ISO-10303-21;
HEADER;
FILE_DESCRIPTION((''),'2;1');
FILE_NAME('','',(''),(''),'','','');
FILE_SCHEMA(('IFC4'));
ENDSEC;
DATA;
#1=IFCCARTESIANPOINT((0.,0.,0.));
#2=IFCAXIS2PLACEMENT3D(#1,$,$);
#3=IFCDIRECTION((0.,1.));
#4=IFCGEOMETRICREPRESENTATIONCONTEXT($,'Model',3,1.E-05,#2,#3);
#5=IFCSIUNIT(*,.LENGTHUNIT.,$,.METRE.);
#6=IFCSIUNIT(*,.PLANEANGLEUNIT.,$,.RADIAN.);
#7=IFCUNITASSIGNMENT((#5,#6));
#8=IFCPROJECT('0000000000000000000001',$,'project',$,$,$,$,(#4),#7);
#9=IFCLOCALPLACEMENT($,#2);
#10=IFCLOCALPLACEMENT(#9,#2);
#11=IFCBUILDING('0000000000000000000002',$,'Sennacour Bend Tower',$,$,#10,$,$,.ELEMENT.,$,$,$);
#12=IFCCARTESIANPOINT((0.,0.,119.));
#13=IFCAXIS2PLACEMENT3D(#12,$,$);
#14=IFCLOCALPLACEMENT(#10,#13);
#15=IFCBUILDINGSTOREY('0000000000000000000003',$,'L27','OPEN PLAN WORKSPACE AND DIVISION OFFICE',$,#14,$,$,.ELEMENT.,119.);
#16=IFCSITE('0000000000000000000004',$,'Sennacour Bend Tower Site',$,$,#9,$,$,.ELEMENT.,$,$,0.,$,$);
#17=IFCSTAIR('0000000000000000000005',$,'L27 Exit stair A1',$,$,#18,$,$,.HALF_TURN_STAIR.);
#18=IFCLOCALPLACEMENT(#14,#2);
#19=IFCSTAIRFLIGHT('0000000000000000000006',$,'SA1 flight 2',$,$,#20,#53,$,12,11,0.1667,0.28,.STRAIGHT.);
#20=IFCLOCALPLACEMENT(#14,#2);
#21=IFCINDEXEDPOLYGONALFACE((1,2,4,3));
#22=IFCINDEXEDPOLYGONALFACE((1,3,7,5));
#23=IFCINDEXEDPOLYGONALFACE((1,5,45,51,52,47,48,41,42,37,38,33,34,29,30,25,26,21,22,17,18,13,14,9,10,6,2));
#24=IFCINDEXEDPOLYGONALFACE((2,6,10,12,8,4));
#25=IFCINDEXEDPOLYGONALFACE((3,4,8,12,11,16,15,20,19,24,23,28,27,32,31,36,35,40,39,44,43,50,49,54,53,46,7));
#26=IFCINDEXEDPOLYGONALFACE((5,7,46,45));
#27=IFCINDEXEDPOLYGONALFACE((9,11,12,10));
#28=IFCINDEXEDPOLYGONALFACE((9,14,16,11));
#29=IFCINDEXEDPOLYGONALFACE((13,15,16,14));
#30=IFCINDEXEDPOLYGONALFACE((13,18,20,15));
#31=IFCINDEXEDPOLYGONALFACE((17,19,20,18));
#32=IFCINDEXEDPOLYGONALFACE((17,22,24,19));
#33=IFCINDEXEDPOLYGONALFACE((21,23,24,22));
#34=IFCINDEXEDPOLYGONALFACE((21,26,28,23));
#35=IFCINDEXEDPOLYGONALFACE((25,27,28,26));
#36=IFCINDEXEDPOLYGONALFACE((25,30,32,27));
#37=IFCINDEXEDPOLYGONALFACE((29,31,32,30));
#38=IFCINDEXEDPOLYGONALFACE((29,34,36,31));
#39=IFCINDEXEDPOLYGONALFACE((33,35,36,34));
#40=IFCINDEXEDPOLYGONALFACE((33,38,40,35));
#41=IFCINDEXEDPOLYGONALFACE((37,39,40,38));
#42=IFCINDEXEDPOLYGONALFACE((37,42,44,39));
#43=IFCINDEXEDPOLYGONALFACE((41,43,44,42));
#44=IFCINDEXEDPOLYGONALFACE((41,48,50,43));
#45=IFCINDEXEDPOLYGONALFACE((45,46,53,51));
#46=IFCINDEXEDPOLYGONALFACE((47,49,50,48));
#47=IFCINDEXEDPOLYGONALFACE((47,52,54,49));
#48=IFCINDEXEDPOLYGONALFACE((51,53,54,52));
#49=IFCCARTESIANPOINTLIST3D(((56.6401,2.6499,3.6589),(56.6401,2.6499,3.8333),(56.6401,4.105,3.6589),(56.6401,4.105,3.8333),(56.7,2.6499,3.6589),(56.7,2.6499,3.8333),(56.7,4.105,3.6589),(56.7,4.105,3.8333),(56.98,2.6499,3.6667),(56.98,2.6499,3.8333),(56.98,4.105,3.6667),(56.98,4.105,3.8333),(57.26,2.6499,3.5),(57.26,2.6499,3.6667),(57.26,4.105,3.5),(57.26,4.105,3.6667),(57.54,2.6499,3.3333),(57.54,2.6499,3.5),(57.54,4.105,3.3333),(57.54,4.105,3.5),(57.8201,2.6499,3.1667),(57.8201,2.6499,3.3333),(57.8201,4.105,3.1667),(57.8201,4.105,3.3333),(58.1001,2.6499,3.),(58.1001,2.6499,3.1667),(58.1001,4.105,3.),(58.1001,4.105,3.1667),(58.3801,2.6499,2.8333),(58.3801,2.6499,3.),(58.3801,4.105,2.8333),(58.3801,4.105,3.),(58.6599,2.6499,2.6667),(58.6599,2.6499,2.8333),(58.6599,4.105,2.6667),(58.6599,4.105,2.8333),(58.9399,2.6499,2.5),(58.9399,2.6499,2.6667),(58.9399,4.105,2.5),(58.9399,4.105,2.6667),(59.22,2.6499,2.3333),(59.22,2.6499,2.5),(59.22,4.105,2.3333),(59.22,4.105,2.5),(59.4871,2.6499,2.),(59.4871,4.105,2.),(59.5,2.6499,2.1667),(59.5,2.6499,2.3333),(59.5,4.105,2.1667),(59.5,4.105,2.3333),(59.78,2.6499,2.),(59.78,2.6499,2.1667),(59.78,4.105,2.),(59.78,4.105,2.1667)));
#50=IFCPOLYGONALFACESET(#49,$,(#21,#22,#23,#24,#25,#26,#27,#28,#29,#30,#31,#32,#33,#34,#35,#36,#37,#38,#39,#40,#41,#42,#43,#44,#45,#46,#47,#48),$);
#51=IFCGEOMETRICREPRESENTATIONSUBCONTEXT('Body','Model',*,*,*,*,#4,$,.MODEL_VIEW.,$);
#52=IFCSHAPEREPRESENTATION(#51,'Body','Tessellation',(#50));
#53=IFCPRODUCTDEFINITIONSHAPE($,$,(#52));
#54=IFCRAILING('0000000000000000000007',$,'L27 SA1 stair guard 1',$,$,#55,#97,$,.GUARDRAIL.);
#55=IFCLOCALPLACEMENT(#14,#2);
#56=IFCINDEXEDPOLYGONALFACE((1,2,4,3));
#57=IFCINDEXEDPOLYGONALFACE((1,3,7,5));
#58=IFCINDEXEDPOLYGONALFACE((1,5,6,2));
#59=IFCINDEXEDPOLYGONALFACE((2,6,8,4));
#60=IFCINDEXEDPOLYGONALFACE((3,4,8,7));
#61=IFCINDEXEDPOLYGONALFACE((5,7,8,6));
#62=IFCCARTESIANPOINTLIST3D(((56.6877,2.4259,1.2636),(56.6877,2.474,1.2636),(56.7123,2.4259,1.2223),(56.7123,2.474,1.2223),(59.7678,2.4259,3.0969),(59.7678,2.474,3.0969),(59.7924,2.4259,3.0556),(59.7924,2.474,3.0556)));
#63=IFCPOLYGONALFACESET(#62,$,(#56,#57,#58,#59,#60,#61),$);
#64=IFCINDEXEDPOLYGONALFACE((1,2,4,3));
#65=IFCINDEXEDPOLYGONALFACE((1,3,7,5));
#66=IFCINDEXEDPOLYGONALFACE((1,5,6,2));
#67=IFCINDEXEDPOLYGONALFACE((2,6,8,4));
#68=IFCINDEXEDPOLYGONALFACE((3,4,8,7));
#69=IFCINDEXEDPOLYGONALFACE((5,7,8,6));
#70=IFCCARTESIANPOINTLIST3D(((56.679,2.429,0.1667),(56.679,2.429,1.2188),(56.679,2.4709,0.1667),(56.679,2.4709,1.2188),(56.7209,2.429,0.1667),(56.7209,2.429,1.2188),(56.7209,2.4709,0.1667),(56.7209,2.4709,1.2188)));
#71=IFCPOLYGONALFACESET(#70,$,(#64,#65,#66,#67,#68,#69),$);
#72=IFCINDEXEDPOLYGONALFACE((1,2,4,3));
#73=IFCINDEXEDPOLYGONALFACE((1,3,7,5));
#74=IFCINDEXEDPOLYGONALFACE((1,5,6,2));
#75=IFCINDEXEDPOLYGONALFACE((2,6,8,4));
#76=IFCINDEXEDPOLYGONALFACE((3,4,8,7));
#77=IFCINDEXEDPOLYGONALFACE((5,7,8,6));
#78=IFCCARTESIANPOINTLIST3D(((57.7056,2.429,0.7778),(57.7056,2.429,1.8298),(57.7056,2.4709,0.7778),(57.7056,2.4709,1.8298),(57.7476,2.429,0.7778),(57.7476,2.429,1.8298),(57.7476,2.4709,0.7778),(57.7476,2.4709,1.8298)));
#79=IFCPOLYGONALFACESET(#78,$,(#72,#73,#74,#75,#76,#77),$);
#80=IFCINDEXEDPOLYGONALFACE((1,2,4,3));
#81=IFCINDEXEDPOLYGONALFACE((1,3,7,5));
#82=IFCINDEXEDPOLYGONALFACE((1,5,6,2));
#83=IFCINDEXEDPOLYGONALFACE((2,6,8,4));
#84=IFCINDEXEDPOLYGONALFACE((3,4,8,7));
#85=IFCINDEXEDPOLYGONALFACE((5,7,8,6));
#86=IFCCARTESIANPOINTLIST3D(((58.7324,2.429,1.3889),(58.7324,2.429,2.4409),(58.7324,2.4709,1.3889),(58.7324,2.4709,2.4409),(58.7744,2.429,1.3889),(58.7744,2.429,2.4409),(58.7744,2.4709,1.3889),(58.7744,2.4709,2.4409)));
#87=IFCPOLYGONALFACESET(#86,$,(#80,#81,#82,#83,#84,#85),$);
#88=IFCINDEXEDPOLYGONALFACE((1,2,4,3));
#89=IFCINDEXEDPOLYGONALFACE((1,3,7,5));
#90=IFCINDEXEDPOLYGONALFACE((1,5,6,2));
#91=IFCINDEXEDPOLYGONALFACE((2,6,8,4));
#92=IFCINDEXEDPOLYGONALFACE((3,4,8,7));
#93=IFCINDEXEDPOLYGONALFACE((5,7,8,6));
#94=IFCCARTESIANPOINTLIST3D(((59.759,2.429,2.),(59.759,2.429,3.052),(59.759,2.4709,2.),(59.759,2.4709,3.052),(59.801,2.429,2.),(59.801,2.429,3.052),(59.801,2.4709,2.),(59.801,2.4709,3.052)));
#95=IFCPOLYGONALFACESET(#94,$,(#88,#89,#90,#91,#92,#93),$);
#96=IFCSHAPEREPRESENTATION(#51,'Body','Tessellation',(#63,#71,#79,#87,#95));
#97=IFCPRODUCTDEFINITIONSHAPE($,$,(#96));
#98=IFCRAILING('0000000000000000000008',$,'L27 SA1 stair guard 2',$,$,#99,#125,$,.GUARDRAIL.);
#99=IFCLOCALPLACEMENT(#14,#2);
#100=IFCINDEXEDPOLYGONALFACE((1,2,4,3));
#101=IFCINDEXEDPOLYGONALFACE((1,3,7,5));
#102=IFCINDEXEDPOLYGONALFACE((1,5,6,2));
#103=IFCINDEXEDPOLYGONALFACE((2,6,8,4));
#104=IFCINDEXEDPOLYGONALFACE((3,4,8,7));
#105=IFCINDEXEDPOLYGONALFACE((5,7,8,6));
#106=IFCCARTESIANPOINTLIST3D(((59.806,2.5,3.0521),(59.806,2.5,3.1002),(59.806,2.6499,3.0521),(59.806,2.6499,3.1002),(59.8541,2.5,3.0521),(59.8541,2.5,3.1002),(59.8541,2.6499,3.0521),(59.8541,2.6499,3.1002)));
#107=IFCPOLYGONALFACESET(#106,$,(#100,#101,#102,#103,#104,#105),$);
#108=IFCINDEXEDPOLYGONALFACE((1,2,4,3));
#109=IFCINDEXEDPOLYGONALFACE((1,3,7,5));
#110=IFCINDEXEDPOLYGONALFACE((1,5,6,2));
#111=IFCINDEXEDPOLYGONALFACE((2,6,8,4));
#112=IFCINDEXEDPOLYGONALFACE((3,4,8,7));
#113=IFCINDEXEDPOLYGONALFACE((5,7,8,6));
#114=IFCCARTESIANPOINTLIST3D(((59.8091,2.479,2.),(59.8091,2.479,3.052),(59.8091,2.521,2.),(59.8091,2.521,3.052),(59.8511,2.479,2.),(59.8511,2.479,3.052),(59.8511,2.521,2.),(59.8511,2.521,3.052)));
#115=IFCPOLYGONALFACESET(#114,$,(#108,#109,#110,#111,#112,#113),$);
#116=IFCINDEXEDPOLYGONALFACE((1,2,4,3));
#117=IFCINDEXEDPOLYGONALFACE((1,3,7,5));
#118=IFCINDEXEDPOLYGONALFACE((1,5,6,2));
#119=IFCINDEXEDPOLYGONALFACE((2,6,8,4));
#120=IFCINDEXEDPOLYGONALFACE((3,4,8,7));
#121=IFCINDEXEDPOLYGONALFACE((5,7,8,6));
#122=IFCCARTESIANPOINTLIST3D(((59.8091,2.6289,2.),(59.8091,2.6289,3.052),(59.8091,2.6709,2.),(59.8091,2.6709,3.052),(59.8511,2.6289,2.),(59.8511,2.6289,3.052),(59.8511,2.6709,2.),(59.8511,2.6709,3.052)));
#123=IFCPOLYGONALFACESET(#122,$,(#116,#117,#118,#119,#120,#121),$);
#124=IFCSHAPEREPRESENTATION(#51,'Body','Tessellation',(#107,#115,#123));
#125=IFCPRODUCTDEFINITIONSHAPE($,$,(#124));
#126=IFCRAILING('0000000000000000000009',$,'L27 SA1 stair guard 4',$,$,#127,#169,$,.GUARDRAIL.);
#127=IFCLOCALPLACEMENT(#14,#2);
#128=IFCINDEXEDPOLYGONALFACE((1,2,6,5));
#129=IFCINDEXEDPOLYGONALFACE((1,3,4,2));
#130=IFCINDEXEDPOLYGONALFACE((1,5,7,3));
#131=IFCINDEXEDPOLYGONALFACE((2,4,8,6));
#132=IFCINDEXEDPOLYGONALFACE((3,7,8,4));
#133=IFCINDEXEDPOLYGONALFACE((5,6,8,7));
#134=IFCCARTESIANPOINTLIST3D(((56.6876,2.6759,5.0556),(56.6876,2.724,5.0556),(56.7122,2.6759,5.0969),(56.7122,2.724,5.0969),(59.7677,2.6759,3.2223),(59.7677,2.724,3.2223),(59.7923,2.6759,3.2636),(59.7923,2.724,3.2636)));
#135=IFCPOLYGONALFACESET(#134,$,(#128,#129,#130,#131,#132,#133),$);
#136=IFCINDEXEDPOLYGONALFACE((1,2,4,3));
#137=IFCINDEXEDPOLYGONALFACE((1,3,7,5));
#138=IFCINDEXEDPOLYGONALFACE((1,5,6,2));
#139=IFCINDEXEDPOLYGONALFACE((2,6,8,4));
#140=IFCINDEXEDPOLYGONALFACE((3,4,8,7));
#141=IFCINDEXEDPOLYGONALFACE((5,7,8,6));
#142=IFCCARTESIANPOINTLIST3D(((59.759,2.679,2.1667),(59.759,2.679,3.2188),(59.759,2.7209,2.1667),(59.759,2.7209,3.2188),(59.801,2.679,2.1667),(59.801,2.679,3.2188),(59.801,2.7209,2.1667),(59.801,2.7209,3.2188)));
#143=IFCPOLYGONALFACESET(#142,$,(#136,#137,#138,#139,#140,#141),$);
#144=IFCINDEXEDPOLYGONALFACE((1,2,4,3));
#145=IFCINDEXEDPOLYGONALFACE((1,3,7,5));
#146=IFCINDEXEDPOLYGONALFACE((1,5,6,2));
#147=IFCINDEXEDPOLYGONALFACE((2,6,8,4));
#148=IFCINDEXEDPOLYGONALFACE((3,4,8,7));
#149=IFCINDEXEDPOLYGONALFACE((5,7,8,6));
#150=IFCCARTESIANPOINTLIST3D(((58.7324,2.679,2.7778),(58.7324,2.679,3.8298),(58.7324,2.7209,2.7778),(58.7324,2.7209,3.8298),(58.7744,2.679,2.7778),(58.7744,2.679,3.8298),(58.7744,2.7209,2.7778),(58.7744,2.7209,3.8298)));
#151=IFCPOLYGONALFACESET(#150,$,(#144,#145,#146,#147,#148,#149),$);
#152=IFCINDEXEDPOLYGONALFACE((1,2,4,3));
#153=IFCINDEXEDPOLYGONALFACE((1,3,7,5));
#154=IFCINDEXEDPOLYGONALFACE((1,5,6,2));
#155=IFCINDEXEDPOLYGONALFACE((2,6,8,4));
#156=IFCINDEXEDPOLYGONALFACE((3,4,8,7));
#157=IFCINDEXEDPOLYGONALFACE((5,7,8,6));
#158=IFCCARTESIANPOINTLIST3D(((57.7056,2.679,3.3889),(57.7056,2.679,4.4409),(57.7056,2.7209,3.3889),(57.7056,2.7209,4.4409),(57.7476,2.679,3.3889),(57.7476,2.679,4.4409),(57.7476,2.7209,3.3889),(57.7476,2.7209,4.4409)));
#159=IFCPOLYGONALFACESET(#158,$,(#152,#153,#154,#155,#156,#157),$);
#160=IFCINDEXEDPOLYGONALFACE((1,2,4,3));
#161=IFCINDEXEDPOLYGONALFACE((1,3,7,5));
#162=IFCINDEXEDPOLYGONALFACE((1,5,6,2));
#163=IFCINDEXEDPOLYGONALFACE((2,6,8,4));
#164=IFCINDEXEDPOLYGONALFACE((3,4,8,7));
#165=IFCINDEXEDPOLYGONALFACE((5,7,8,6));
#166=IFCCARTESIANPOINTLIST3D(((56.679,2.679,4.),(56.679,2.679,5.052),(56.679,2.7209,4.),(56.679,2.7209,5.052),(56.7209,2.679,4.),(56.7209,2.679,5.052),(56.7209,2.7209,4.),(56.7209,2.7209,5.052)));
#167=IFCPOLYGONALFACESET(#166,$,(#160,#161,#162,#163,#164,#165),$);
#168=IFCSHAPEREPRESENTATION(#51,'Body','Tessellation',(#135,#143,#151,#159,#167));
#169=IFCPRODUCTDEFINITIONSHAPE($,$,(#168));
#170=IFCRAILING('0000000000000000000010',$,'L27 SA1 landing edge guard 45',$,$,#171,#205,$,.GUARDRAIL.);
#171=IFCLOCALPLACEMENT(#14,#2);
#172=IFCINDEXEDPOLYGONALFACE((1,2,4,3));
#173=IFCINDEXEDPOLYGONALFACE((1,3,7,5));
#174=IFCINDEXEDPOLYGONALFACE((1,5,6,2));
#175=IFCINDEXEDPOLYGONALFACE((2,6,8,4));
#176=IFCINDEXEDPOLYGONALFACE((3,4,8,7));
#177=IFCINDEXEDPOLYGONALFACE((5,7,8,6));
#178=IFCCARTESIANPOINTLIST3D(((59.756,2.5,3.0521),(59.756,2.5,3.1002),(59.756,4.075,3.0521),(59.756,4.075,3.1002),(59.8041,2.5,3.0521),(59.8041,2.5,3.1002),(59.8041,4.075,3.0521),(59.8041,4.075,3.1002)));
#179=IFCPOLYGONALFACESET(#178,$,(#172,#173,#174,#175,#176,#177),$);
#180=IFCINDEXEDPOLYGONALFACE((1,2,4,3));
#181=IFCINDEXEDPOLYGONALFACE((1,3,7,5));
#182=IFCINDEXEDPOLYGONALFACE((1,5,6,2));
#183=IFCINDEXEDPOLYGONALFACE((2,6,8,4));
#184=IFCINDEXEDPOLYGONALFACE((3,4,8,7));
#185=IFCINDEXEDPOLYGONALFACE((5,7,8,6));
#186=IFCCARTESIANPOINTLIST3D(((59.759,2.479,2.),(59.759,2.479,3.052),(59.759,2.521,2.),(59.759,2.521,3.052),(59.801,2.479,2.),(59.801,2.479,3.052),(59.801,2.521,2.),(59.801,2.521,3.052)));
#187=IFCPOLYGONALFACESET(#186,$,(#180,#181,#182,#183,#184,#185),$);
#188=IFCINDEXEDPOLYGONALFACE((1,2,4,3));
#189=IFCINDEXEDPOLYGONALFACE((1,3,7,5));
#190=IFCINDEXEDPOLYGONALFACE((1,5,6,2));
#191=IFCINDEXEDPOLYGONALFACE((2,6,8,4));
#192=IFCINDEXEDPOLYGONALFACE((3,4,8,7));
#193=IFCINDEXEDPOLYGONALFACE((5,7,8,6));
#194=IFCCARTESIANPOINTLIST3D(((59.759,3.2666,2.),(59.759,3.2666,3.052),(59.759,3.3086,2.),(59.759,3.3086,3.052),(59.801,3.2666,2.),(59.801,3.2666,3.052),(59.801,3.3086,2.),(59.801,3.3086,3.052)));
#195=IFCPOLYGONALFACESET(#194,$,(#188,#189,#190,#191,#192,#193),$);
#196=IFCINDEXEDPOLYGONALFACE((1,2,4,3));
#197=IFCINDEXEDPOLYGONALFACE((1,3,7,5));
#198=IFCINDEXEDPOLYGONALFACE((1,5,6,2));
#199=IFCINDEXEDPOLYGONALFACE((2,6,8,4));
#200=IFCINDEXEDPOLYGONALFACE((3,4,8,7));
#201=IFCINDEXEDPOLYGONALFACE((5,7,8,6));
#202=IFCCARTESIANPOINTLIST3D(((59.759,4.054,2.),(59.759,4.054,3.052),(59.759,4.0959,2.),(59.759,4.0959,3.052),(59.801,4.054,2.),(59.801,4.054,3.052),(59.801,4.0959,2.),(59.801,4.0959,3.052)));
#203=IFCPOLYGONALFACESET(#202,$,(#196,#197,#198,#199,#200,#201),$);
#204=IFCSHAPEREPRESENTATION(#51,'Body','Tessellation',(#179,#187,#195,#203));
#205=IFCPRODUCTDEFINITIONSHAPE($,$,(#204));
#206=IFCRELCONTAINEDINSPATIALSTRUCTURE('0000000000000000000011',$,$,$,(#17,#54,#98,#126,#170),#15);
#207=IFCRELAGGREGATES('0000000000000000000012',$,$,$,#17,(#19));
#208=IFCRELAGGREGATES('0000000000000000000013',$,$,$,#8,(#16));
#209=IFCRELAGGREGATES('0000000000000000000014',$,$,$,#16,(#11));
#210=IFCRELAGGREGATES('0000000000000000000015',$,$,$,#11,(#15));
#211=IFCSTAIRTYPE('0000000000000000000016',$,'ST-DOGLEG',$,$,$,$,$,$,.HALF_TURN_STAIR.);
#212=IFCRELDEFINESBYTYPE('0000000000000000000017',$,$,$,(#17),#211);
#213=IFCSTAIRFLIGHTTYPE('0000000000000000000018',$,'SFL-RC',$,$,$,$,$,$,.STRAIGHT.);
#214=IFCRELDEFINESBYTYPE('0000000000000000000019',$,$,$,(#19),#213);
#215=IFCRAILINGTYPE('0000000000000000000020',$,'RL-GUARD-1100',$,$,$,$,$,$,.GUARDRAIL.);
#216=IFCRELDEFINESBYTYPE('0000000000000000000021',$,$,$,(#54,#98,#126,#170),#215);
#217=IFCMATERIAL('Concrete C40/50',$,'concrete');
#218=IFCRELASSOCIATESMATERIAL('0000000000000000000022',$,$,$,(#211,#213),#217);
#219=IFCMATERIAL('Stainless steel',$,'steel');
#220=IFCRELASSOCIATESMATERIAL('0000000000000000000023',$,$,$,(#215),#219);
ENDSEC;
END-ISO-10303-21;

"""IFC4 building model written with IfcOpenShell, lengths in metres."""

from ifc_helpers import new_model, si_unit, direction, frame, origin, origin_2d, place, context, subcontext, project, spatial, polyline, rectangle, outline, extrude, material, type_object, element, aggregate, save


model = new_model("IFC4")

# Units and contexts
model_context = context("Model", 3, precision=1e-05, world=origin(), true_north=direction((0.0, 1.0)))
body_context = subcontext(model_context, "Body", "Model", "MODEL_VIEW")
ifc_project = project(units=[si_unit("LENGTHUNIT", "METRE"), si_unit("PLANEANGLEUNIT", "RADIAN")], contexts=[model_context])

# Site, building, storey
site_placement = place(None, origin())
site = spatial("IfcSite", under=ifc_project, at=site_placement, Name="Sennacour Bend Tower Site", CompositionType="ELEMENT", RefElevation=0.0)
building_placement = place(site_placement, origin())
building = spatial("IfcBuilding", under=site, at=building_placement, Name="Sennacour Bend Tower", CompositionType="ELEMENT")
storey_placement = place(building_placement, frame((0.0, 0.0, 119.0)))
storey = spatial("IfcBuildingStorey", under=building, at=storey_placement, Name="L27", Description="OPEN PLAN WORKSPACE AND DIVISION OFFICE", CompositionType="ELEMENT", Elevation=119.0)

# Shared definitions
ifc_material_1 = material(Name="Stainless steel", Category="steel")

# Stair, stair flight
ifc_material_2 = material(Name="Concrete C40/50", Category="concrete")
stair_type = type_object("IfcStairType", Name="ST-DOGLEG", PredefinedType="HALF_TURN_STAIR", material=ifc_material_2)
stair_placement = place(storey_placement, origin())
stair = element("IfcStair", 1, at=stair_placement, inside=storey, type_object=stair_type, Name="L27 Exit stair A1", PredefinedType="HALF_TURN_STAIR")
stair_flight_type = type_object("IfcStairFlightType", Name="SFL-RC", PredefinedType="STRAIGHT", material=ifc_material_2)
stair_flight_1_placement = place(storey_placement, frame((59.78, 3.3774, 2.0), z_axis=(0.0, 0.0, 1.0), x_axis=(-1.0, 0.0, 0.0)))
stair_flight_1 = element("IfcStairFlight", 2, at=stair_flight_1_placement, type_object=stair_flight_type, Name="SA1 flight 2", NumberOfRisers=12, NumberOfTreads=11, PredefinedType="STRAIGHT", RiserHeight=0.1667, TreadLength=0.28, context=body_context, shape_type="SweptSolid", body=[
    extrude(outline(polyline([(0.0, 0.0), (0.0, 0.1667), (0.28, 0.1667), (0.28, 0.3333), (0.5601, 0.3333), (0.5601, 0.5), (0.8401, 0.5), (0.8401, 0.6667), (1.1201, 0.6667), (1.1201, 0.8333), (1.3999, 0.8333), (1.3999, 1.0), (1.6799, 1.0), (1.6799, 1.1667), (1.96, 1.1667), (1.96, 1.3333), (2.24, 1.3333), (2.24, 1.5), (2.52, 1.5), (2.52, 1.6667), (2.8, 1.6667), (2.8, 1.8333), (3.0801, 1.8333), (3.1399, 1.8333), (3.1399, 1.6589), (3.0801, 1.6589), (0.293, 0.0), (0.0, 0.0)])), frame((0.0, 0.7275, 0.0), z_axis=(0.0, -1.0, 0.0), x_axis=(1.0, 0.0, 0.0)), (0.0, 0.0, 1.0), 1.4551),
])
aggregate(stair, [stair_flight_1])

# Railings
railing_type_1 = type_object("IfcRailingType", Name="RL-GUARD-1100", PredefinedType="GUARDRAIL", material=ifc_material_1)
railing_1_placement = place(storey_placement, frame((56.7, 2.45, 0.1667)))
element("IfcRailing", 3, at=railing_1_placement, inside=storey, type_object=railing_type_1, Name="L27 SA1 stair guard 1", PredefinedType="GUARDRAIL", context=body_context, shape_type="SweptSolid", body=[
    extrude(rectangle(XDim=0.0481, YDim=0.0481, at=origin_2d()), frame((0.0, 0.0, 1.0762), z_axis=(0.859309, 0.0, 0.511458), x_axis=(0.0, 1.0, 0.0)), (0.0, 0.0, 1.0), 3.5845),
    extrude(rectangle(XDim=0.042, YDim=0.042, at=origin_2d()), origin(), (0.0, 0.0, 1.0), 1.052),
    extrude(rectangle(XDim=0.042, YDim=0.042, at=origin_2d()), frame((1.0266, 0.0, 0.6111)), (0.0, 0.0, 1.0), 1.052),
    extrude(rectangle(XDim=0.042, YDim=0.042, at=origin_2d()), frame((2.0535, 0.0, 1.2222)), (0.0, 0.0, 1.0), 1.052),
    extrude(rectangle(XDim=0.042, YDim=0.042, at=origin_2d()), frame((3.0801, 0.0, 1.8333)), (0.0, 0.0, 1.0), 1.052),
])
railing_2_placement = place(storey_placement, frame((59.8301, 2.5, 2.0)))
element("IfcRailing", 4, at=railing_2_placement, inside=storey, type_object=railing_type_1, Name="L27 SA1 stair guard 2", PredefinedType="GUARDRAIL", context=body_context, shape_type="SweptSolid", body=[
    extrude(rectangle(XDim=0.0481, YDim=0.0481, at=origin_2d()), frame((0.0, 0.0, 1.0762), z_axis=(0.0, 1.0, 0.0), x_axis=(-1.0, 0.0, 0.0)), (0.0, 0.0, 1.0), 0.1499),
    extrude(rectangle(XDim=0.042, YDim=0.042, at=origin_2d()), origin(), (0.0, 0.0, 1.0), 1.052),
    extrude(rectangle(XDim=0.042, YDim=0.042, at=origin_2d()), frame((0.0, 0.1499, 0.0)), (0.0, 0.0, 1.0), 1.052),
])
railing_3_placement = place(storey_placement, frame((59.78, 2.7, 2.1667)))
element("IfcRailing", 5, at=railing_3_placement, inside=storey, type_object=railing_type_1, Name="L27 SA1 stair guard 4", PredefinedType="GUARDRAIL", context=body_context, shape_type="SweptSolid", body=[
    extrude(rectangle(XDim=0.0481, YDim=0.0481, at=origin_2d()), frame((0.0, 0.0, 1.0762), z_axis=(-0.859309, 0.0, 0.511458), x_axis=(0.0, -1.0, 0.0)), (0.0, 0.0, 1.0), 3.5845),
    extrude(rectangle(XDim=0.042, YDim=0.042, at=origin_2d()), origin(), (0.0, 0.0, 1.0), 1.052),
    extrude(rectangle(XDim=0.042, YDim=0.042, at=origin_2d()), frame((-1.0266, 0.0, 0.6111)), (0.0, 0.0, 1.0), 1.052),
    extrude(rectangle(XDim=0.042, YDim=0.042, at=origin_2d()), frame((-2.0535, 0.0, 1.2222)), (0.0, 0.0, 1.0), 1.052),
    extrude(rectangle(XDim=0.042, YDim=0.042, at=origin_2d()), frame((-3.0801, 0.0, 1.8333)), (0.0, 0.0, 1.0), 1.052),
])
railing_4_placement = place(storey_placement, frame((59.78, 2.5, 2.0)))
element("IfcRailing", 6, at=railing_4_placement, inside=storey, type_object=railing_type_1, Name="L27 SA1 landing edge guard 45", PredefinedType="GUARDRAIL", context=body_context, shape_type="SweptSolid", body=[
    extrude(rectangle(XDim=0.0481, YDim=0.0481, at=origin_2d()), frame((0.0, 0.0, 1.0762), z_axis=(0.0, 1.0, 0.0), x_axis=(-1.0, 0.0, 0.0)), (0.0, 0.0, 1.0), 1.575),
    extrude(rectangle(XDim=0.042, YDim=0.042, at=origin_2d()), origin(), (0.0, 0.0, 1.0), 1.052),
    extrude(rectangle(XDim=0.042, YDim=0.042, at=origin_2d()), frame((0.0, 0.7876, 0.0)), (0.0, 0.0, 1.0), 1.052),
    extrude(rectangle(XDim=0.042, YDim=0.042, at=origin_2d()), frame((0.0, 1.575, 0.0)), (0.0, 0.0, 1.0), 1.052),
])

save(model, "model.ifc")
